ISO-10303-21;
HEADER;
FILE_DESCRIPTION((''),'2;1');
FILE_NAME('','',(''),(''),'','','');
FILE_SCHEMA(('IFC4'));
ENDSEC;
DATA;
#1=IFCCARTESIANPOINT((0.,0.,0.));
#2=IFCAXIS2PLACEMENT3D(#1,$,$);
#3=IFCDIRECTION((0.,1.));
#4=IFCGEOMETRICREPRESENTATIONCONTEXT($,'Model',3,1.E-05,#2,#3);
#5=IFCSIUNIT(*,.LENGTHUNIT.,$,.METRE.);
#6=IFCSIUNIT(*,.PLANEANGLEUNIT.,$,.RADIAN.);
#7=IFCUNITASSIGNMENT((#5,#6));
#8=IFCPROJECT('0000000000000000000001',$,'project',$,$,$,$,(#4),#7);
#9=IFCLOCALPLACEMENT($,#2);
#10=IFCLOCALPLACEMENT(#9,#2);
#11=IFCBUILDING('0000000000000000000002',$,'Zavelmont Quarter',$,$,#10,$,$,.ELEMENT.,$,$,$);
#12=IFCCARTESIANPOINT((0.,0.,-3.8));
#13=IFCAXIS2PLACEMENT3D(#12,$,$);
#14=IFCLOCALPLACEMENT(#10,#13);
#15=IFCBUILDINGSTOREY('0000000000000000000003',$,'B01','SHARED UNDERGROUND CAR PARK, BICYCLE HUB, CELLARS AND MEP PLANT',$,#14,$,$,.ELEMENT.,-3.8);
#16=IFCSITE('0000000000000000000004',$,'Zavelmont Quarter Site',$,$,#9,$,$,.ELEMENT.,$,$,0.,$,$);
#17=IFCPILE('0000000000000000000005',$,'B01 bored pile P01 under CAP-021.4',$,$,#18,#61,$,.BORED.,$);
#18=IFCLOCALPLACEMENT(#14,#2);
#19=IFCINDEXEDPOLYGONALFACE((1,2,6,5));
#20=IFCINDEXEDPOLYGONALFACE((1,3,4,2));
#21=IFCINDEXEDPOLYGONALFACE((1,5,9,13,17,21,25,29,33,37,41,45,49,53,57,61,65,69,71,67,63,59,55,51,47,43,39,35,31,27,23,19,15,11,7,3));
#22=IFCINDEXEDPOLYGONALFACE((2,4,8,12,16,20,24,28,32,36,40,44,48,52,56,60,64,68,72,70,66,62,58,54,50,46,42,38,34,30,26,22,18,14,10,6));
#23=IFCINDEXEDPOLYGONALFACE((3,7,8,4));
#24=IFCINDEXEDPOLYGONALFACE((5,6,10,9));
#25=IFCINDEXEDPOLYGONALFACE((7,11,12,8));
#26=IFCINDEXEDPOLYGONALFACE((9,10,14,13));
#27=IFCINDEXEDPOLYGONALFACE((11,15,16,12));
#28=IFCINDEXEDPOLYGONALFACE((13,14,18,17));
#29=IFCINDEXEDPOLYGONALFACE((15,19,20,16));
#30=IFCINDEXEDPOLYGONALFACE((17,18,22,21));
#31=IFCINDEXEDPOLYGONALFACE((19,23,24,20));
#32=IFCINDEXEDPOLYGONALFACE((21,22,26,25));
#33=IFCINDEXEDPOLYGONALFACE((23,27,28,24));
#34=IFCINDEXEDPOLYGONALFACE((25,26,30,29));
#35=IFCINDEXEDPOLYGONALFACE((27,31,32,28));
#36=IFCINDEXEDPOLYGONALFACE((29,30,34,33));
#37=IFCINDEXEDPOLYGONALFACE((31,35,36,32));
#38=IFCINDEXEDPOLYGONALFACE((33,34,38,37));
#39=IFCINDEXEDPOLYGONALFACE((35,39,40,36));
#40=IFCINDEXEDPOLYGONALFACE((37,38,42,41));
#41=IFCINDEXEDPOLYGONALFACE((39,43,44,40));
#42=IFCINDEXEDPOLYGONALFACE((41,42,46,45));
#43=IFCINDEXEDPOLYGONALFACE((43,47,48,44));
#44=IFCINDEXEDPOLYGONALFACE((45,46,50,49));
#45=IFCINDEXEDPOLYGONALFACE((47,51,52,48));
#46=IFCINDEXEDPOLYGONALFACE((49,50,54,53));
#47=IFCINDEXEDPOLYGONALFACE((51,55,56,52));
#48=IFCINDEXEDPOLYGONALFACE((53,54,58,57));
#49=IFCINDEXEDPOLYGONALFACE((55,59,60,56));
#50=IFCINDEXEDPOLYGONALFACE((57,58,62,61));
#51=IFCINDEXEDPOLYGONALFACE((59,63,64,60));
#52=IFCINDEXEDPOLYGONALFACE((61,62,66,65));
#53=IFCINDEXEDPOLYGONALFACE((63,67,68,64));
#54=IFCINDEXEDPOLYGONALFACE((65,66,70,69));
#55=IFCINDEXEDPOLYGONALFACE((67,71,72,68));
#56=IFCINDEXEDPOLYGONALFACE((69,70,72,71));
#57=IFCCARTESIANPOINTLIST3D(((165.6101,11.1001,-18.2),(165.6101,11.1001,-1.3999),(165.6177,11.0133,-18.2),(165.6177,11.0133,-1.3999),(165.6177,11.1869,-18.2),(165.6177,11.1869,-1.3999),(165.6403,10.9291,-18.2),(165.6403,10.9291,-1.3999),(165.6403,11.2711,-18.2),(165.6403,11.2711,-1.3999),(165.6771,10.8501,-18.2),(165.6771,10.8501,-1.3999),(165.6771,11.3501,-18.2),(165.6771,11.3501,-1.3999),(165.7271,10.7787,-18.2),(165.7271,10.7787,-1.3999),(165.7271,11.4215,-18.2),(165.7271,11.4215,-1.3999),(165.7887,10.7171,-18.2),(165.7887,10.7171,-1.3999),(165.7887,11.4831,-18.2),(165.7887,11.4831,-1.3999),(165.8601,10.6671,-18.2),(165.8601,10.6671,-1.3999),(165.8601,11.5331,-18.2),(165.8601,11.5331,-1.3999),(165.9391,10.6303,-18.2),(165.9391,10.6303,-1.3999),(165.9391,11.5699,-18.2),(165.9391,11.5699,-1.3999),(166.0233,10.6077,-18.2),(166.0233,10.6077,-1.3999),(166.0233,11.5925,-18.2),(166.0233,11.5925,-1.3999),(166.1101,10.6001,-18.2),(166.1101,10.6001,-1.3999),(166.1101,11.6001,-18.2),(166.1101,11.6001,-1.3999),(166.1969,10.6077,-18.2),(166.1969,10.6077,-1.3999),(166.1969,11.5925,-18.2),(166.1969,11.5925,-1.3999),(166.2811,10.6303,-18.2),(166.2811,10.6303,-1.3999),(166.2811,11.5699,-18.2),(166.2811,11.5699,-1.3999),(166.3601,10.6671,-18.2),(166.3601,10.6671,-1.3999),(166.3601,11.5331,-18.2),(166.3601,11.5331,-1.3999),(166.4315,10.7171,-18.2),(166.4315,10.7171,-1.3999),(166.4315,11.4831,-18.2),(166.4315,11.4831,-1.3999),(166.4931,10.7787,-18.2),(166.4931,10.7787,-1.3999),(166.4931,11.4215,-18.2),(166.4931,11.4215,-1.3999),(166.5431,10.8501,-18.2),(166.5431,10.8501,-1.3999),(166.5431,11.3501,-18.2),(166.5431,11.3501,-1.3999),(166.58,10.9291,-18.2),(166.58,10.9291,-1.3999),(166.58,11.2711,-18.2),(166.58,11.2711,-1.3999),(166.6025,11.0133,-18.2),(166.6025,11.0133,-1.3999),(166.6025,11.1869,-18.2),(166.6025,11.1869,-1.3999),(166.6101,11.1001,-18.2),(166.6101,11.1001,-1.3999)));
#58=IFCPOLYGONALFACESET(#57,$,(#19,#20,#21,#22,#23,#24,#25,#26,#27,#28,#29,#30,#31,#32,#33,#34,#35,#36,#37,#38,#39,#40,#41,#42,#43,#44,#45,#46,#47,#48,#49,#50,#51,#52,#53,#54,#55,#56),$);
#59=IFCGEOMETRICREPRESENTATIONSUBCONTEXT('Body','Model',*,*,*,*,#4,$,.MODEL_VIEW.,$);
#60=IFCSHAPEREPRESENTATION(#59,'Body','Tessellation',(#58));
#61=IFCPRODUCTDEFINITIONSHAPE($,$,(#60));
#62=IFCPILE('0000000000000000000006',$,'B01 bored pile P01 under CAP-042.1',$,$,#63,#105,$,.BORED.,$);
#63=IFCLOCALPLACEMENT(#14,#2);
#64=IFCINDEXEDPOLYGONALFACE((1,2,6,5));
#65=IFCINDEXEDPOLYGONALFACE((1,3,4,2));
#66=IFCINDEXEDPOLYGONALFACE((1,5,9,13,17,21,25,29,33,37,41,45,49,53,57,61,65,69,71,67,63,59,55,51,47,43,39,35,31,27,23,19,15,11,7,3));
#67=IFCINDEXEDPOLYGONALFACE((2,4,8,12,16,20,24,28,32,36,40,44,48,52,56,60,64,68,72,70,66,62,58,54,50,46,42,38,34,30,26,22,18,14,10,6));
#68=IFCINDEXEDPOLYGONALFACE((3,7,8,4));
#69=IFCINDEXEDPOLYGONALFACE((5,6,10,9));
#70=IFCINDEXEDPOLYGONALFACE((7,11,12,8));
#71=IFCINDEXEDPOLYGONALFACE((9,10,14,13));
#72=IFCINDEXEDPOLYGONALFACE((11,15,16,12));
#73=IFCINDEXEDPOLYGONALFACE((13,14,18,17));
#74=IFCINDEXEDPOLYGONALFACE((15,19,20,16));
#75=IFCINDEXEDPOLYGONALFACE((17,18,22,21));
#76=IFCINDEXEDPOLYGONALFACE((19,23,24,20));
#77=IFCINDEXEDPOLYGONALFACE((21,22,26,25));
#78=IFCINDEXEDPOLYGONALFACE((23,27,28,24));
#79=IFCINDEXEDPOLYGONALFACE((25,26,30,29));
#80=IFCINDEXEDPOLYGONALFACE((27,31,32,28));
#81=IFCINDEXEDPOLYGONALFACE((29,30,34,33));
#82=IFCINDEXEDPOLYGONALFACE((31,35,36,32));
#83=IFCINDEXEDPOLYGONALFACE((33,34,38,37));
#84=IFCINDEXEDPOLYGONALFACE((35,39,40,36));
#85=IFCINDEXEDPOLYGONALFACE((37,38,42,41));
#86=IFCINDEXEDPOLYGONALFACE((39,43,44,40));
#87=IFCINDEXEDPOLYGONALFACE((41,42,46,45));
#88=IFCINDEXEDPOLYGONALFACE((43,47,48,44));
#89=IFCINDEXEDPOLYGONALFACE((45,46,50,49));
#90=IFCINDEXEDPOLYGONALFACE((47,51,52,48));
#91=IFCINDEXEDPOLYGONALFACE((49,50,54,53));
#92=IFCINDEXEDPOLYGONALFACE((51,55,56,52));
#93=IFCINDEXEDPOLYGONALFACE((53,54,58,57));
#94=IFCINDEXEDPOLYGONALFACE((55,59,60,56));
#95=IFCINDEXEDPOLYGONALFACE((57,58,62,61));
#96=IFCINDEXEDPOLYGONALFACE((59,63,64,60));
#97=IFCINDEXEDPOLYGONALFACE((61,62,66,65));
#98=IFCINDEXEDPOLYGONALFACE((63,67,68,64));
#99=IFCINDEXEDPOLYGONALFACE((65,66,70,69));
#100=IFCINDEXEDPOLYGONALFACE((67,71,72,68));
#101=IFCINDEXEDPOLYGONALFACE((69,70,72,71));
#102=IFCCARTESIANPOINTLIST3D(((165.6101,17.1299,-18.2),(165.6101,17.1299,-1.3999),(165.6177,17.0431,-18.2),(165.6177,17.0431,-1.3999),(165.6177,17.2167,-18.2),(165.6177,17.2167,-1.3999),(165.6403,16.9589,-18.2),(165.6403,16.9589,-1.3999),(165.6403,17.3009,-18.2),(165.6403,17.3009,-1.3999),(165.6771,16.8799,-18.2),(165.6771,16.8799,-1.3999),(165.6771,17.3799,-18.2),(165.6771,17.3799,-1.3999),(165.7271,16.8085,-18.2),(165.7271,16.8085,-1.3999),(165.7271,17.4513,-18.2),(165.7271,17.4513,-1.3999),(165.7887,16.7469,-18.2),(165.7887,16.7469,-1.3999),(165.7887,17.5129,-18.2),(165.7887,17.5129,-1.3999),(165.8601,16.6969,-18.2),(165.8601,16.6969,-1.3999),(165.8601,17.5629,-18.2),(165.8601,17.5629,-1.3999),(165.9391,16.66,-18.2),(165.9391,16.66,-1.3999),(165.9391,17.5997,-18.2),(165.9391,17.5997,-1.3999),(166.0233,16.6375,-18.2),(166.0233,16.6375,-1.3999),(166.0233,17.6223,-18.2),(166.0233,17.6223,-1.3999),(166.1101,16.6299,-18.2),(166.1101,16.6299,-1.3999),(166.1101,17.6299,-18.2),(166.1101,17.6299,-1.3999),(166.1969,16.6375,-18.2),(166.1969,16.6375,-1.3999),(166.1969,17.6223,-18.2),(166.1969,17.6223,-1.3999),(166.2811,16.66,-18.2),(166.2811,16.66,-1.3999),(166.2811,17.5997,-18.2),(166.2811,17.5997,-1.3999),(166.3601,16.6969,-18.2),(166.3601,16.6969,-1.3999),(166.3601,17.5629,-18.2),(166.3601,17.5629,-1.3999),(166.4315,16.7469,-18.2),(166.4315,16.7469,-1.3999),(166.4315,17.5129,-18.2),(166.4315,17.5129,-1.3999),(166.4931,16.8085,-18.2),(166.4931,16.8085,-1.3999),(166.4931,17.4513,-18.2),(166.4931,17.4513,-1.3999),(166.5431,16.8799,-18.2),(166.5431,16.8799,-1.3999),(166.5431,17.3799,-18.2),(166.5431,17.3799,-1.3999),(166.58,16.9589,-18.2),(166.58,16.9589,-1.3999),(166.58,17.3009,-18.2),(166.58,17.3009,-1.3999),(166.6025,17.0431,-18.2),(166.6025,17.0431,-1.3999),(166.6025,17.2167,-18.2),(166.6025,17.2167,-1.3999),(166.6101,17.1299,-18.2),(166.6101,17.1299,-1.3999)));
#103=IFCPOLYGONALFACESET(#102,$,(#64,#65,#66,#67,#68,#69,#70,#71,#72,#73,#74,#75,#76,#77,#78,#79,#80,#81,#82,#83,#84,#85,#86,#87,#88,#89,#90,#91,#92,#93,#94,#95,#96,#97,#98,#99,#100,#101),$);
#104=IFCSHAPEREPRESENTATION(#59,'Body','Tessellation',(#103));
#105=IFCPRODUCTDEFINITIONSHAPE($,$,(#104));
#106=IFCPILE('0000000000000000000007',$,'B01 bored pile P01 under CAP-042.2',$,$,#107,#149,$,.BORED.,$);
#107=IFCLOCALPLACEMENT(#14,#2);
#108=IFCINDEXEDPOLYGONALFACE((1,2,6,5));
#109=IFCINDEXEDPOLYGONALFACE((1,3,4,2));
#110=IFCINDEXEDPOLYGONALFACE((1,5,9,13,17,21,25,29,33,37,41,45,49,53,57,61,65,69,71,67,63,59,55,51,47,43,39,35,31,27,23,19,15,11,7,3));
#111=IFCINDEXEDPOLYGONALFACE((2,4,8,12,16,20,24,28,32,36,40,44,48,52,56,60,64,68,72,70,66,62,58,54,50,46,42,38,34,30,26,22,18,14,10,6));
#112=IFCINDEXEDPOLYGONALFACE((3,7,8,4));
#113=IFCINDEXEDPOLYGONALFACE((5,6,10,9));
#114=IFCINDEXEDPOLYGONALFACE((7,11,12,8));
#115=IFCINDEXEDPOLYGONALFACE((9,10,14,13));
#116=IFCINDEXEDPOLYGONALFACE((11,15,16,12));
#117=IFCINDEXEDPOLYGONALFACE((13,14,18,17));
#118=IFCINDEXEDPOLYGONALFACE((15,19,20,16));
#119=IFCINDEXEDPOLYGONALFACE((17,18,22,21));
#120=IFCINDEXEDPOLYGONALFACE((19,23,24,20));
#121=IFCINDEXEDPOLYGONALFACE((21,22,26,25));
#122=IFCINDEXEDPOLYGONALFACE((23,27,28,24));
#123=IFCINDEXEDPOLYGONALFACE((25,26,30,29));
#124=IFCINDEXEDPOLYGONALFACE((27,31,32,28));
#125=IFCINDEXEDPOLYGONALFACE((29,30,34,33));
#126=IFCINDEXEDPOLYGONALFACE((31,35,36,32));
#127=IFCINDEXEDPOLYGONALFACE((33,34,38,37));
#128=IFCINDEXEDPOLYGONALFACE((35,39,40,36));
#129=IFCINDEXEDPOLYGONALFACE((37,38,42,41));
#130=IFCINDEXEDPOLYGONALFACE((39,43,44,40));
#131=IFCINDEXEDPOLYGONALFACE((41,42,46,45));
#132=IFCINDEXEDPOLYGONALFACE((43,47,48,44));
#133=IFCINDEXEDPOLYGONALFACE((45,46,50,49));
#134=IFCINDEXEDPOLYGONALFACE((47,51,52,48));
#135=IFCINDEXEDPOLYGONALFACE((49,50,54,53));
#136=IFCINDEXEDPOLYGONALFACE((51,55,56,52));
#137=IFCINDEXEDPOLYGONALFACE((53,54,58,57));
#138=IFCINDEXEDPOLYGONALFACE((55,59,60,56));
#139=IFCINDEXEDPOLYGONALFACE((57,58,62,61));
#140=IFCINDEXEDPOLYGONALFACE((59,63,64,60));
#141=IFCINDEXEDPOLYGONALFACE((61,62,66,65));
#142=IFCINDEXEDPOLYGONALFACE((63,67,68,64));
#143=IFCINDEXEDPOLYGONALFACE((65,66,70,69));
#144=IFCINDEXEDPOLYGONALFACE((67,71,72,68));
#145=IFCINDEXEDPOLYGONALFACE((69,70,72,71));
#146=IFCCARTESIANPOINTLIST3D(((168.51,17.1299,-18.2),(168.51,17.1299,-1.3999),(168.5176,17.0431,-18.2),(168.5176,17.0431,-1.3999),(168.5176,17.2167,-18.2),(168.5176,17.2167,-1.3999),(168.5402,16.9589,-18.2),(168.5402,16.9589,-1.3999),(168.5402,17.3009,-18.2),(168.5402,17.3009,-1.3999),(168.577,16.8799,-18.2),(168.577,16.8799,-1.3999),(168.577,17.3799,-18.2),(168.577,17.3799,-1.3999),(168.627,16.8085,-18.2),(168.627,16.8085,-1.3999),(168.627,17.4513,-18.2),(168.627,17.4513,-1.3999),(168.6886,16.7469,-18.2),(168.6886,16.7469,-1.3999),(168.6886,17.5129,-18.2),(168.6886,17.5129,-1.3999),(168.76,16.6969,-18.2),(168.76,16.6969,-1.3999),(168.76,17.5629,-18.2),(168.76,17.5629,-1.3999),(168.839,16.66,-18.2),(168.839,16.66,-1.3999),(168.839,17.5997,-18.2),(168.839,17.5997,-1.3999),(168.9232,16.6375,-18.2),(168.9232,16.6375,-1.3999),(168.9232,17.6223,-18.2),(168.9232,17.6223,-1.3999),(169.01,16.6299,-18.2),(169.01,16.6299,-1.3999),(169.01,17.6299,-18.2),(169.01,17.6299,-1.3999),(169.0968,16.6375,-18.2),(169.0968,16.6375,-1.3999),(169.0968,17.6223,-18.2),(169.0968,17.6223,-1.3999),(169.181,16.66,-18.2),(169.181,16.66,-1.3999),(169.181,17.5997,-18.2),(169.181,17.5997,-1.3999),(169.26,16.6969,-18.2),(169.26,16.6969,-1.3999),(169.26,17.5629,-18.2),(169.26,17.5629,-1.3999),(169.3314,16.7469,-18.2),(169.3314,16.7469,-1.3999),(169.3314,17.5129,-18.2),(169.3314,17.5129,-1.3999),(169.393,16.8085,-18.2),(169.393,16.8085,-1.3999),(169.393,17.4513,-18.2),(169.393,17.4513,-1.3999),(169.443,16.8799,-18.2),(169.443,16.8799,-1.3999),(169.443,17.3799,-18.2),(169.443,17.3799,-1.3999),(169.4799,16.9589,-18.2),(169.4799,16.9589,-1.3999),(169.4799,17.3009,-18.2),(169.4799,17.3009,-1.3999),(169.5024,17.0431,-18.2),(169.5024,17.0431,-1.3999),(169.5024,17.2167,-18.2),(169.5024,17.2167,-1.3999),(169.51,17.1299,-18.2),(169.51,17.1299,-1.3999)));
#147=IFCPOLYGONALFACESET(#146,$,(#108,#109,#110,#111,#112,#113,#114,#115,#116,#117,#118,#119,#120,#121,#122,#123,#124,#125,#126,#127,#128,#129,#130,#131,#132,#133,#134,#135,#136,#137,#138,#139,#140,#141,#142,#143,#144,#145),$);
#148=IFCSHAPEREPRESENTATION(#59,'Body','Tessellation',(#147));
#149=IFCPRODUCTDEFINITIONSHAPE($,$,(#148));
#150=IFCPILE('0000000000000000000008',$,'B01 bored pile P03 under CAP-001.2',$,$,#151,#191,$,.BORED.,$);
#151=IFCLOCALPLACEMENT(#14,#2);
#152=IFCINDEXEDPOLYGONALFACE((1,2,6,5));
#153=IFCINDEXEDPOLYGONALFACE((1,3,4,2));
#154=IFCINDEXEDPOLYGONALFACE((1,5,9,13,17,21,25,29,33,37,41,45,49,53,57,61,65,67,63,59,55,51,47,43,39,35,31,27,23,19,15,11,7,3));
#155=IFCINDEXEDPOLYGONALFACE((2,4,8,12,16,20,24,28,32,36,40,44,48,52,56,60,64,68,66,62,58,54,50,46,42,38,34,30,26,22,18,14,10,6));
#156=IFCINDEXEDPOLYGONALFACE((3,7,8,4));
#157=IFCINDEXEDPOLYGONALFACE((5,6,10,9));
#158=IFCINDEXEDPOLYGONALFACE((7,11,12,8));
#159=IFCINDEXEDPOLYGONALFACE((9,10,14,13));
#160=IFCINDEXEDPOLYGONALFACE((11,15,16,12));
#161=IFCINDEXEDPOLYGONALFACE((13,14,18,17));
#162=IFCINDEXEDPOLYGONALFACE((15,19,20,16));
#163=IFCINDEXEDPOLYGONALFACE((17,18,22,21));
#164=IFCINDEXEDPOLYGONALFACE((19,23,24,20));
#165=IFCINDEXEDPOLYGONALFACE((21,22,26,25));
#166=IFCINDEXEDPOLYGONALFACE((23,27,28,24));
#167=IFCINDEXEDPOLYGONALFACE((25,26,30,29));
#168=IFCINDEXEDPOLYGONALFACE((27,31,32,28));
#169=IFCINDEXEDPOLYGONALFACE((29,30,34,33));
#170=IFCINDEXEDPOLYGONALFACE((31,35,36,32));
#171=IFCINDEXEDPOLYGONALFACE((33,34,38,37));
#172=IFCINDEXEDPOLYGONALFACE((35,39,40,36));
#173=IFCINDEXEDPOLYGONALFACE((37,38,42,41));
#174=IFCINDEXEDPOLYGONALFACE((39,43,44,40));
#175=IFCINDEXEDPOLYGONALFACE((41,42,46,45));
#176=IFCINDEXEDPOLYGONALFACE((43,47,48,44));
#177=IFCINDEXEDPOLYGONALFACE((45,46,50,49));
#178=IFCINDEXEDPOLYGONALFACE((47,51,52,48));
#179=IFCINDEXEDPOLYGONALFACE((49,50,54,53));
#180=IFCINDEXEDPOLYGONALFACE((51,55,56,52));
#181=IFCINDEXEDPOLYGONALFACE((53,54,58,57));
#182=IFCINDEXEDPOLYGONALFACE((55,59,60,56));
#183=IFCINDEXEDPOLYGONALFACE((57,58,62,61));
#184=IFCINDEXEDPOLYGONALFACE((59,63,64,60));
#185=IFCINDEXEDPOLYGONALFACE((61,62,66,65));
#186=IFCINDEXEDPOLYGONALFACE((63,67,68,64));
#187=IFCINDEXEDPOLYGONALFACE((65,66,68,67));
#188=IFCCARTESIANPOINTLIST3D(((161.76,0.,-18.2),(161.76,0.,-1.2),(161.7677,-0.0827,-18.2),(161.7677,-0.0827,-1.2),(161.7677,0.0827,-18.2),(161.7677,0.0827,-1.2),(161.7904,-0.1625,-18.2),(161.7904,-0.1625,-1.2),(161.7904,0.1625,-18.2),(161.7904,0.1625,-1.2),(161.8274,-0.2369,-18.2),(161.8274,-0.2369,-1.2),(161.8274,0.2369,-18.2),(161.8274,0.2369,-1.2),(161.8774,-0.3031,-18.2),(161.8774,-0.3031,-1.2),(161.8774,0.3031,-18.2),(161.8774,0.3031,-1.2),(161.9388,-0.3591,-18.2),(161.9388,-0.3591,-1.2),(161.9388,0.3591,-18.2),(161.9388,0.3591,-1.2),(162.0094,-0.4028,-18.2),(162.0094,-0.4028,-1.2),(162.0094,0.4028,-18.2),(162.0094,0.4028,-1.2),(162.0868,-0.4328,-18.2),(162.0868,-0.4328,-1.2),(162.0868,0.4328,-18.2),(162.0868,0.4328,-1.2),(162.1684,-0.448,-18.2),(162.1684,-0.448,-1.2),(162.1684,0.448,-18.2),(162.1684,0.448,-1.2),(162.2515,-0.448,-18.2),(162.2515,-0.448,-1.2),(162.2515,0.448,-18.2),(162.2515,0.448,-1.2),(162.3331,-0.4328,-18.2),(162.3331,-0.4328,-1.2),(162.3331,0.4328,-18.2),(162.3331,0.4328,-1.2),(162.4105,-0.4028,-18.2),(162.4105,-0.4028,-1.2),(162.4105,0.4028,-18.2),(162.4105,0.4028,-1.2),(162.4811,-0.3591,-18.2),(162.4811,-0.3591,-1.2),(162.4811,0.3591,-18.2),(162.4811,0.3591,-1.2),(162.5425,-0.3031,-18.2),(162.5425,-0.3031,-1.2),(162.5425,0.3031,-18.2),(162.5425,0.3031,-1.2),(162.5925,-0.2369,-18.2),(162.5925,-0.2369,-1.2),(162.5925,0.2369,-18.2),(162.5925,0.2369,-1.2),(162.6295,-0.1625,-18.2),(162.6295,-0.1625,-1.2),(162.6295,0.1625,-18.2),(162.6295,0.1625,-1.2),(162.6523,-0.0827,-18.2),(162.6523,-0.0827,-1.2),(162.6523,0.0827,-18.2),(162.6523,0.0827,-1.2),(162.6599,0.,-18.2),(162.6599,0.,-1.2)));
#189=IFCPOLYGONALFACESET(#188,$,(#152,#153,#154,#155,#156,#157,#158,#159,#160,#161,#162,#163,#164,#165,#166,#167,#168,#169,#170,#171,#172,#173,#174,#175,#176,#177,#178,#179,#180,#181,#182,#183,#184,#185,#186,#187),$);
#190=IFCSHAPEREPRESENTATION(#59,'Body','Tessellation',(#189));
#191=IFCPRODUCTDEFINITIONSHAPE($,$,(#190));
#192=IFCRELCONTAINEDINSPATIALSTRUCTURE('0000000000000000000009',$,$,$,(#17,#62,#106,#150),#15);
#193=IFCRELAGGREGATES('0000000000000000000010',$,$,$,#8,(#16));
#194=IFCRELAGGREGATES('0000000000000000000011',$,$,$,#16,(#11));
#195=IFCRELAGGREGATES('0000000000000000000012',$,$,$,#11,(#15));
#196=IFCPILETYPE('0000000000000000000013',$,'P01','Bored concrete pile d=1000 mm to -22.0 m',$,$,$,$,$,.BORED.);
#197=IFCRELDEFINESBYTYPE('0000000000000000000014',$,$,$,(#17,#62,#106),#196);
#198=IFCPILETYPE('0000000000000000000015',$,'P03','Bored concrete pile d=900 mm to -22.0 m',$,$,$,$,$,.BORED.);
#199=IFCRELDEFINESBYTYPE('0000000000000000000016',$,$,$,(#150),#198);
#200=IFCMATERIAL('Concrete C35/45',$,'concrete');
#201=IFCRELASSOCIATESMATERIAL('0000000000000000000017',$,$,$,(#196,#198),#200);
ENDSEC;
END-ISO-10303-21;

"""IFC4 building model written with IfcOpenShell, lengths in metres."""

from ifc_helpers import new_model, si_unit, direction, frame, origin, origin_2d, place, context, subcontext, project, spatial, circle, extrude, material, material_profile, profile_set, type_object, element, save


model = new_model("IFC4")

# Units and contexts
model_context = context("Model", 3, precision=1e-05, world=origin(), true_north=direction((0.0, 1.0)))
body_context = subcontext(model_context, "Body", "Model", "MODEL_VIEW")
ifc_project = project(units=[si_unit("LENGTHUNIT", "METRE"), si_unit("PLANEANGLEUNIT", "RADIAN")], contexts=[model_context])

# Site, building, storey
site_placement = place(None, origin())
site = spatial("IfcSite", under=ifc_project, at=site_placement, Name="Zavelmont Quarter Site", CompositionType="ELEMENT", RefElevation=0.0)
building_placement = place(site_placement, origin())
building = spatial("IfcBuilding", under=site, at=building_placement, Name="Zavelmont Quarter", CompositionType="ELEMENT")
storey_placement = place(building_placement, frame((0.0, 0.0, -3.8)))
storey = spatial("IfcBuildingStorey", under=building, at=storey_placement, Name="B01", Description="SHARED UNDERGROUND CAR PARK, BICYCLE HUB, CELLARS AND MEP PLANT", CompositionType="ELEMENT", Elevation=-3.8)

# Shared definitions
ifc_material_1 = material(Name="Concrete C35/45", Category="concrete")

# Piles
ifc_material_profile_1 = material_profile(ifc_material_1, circle(Radius=0.5, at=origin_2d()), Name="BP1000")
ifc_profile_set_1 = profile_set([ifc_material_profile_1], Name="Concrete C35/45")
pile_type_1 = type_object("IfcPileType", Name="P01", Description="Bored concrete pile d=1000 mm to -22.0 m", PredefinedType="BORED", material=ifc_profile_set_1)
for number, where, z_axis, x_axis, name in (
    (1, (166.1101, 11.1001, -1.3999), (0.0, 0.0, -1.0), (1.0, 0.0, 0.0), "B01 bored pile P01 under CAP-021.4"),
    (2, (166.1101, 17.1299, -1.3999), (0.0, 0.0, -1.0), (1.0, 0.0, 0.0), "B01 bored pile P01 under CAP-042.1"),
    (3, (169.01, 17.1299, -1.3999), (0.0, 0.0, -1.0), (1.0, 0.0, 0.0), "B01 bored pile P01 under CAP-042.2"),
):
    element("IfcPile", number, at=place(storey_placement, frame(where, z_axis=z_axis, x_axis=x_axis)), inside=storey, type_object=pile_type_1, Name=name, PredefinedType="BORED", context=body_context, shape_type="SweptSolid", body=[
        extrude(circle(Radius=0.5, at=origin_2d()), origin(), (0.0, 0.0, 1.0), 16.8),
    ])
ifc_material_profile_2 = material_profile(ifc_material_1, circle(Radius=0.45, at=origin_2d()), Name="BP900")
ifc_profile_set_2 = profile_set([ifc_material_profile_2], Name="Concrete C35/45")
pile_type_2 = type_object("IfcPileType", Name="P03", Description="Bored concrete pile d=900 mm to -22.0 m", PredefinedType="BORED", material=ifc_profile_set_2)
for number, where, z_axis, x_axis, name in (
    (4, (162.21, 0.0, -1.2), (0.0, 0.0, -1.0), (1.0, 0.0, 0.0), "B01 bored pile P03 under CAP-001.2"),
):
    element("IfcPile", number, at=place(storey_placement, frame(where, z_axis=z_axis, x_axis=x_axis)), inside=storey, type_object=pile_type_2, Name=name, PredefinedType="BORED", context=body_context, shape_type="SweptSolid", body=[
        extrude(circle(Radius=0.45, at=origin_2d()), origin(), (0.0, 0.0, 1.0), 17.0),
    ])

save(model, "model.ifc")
